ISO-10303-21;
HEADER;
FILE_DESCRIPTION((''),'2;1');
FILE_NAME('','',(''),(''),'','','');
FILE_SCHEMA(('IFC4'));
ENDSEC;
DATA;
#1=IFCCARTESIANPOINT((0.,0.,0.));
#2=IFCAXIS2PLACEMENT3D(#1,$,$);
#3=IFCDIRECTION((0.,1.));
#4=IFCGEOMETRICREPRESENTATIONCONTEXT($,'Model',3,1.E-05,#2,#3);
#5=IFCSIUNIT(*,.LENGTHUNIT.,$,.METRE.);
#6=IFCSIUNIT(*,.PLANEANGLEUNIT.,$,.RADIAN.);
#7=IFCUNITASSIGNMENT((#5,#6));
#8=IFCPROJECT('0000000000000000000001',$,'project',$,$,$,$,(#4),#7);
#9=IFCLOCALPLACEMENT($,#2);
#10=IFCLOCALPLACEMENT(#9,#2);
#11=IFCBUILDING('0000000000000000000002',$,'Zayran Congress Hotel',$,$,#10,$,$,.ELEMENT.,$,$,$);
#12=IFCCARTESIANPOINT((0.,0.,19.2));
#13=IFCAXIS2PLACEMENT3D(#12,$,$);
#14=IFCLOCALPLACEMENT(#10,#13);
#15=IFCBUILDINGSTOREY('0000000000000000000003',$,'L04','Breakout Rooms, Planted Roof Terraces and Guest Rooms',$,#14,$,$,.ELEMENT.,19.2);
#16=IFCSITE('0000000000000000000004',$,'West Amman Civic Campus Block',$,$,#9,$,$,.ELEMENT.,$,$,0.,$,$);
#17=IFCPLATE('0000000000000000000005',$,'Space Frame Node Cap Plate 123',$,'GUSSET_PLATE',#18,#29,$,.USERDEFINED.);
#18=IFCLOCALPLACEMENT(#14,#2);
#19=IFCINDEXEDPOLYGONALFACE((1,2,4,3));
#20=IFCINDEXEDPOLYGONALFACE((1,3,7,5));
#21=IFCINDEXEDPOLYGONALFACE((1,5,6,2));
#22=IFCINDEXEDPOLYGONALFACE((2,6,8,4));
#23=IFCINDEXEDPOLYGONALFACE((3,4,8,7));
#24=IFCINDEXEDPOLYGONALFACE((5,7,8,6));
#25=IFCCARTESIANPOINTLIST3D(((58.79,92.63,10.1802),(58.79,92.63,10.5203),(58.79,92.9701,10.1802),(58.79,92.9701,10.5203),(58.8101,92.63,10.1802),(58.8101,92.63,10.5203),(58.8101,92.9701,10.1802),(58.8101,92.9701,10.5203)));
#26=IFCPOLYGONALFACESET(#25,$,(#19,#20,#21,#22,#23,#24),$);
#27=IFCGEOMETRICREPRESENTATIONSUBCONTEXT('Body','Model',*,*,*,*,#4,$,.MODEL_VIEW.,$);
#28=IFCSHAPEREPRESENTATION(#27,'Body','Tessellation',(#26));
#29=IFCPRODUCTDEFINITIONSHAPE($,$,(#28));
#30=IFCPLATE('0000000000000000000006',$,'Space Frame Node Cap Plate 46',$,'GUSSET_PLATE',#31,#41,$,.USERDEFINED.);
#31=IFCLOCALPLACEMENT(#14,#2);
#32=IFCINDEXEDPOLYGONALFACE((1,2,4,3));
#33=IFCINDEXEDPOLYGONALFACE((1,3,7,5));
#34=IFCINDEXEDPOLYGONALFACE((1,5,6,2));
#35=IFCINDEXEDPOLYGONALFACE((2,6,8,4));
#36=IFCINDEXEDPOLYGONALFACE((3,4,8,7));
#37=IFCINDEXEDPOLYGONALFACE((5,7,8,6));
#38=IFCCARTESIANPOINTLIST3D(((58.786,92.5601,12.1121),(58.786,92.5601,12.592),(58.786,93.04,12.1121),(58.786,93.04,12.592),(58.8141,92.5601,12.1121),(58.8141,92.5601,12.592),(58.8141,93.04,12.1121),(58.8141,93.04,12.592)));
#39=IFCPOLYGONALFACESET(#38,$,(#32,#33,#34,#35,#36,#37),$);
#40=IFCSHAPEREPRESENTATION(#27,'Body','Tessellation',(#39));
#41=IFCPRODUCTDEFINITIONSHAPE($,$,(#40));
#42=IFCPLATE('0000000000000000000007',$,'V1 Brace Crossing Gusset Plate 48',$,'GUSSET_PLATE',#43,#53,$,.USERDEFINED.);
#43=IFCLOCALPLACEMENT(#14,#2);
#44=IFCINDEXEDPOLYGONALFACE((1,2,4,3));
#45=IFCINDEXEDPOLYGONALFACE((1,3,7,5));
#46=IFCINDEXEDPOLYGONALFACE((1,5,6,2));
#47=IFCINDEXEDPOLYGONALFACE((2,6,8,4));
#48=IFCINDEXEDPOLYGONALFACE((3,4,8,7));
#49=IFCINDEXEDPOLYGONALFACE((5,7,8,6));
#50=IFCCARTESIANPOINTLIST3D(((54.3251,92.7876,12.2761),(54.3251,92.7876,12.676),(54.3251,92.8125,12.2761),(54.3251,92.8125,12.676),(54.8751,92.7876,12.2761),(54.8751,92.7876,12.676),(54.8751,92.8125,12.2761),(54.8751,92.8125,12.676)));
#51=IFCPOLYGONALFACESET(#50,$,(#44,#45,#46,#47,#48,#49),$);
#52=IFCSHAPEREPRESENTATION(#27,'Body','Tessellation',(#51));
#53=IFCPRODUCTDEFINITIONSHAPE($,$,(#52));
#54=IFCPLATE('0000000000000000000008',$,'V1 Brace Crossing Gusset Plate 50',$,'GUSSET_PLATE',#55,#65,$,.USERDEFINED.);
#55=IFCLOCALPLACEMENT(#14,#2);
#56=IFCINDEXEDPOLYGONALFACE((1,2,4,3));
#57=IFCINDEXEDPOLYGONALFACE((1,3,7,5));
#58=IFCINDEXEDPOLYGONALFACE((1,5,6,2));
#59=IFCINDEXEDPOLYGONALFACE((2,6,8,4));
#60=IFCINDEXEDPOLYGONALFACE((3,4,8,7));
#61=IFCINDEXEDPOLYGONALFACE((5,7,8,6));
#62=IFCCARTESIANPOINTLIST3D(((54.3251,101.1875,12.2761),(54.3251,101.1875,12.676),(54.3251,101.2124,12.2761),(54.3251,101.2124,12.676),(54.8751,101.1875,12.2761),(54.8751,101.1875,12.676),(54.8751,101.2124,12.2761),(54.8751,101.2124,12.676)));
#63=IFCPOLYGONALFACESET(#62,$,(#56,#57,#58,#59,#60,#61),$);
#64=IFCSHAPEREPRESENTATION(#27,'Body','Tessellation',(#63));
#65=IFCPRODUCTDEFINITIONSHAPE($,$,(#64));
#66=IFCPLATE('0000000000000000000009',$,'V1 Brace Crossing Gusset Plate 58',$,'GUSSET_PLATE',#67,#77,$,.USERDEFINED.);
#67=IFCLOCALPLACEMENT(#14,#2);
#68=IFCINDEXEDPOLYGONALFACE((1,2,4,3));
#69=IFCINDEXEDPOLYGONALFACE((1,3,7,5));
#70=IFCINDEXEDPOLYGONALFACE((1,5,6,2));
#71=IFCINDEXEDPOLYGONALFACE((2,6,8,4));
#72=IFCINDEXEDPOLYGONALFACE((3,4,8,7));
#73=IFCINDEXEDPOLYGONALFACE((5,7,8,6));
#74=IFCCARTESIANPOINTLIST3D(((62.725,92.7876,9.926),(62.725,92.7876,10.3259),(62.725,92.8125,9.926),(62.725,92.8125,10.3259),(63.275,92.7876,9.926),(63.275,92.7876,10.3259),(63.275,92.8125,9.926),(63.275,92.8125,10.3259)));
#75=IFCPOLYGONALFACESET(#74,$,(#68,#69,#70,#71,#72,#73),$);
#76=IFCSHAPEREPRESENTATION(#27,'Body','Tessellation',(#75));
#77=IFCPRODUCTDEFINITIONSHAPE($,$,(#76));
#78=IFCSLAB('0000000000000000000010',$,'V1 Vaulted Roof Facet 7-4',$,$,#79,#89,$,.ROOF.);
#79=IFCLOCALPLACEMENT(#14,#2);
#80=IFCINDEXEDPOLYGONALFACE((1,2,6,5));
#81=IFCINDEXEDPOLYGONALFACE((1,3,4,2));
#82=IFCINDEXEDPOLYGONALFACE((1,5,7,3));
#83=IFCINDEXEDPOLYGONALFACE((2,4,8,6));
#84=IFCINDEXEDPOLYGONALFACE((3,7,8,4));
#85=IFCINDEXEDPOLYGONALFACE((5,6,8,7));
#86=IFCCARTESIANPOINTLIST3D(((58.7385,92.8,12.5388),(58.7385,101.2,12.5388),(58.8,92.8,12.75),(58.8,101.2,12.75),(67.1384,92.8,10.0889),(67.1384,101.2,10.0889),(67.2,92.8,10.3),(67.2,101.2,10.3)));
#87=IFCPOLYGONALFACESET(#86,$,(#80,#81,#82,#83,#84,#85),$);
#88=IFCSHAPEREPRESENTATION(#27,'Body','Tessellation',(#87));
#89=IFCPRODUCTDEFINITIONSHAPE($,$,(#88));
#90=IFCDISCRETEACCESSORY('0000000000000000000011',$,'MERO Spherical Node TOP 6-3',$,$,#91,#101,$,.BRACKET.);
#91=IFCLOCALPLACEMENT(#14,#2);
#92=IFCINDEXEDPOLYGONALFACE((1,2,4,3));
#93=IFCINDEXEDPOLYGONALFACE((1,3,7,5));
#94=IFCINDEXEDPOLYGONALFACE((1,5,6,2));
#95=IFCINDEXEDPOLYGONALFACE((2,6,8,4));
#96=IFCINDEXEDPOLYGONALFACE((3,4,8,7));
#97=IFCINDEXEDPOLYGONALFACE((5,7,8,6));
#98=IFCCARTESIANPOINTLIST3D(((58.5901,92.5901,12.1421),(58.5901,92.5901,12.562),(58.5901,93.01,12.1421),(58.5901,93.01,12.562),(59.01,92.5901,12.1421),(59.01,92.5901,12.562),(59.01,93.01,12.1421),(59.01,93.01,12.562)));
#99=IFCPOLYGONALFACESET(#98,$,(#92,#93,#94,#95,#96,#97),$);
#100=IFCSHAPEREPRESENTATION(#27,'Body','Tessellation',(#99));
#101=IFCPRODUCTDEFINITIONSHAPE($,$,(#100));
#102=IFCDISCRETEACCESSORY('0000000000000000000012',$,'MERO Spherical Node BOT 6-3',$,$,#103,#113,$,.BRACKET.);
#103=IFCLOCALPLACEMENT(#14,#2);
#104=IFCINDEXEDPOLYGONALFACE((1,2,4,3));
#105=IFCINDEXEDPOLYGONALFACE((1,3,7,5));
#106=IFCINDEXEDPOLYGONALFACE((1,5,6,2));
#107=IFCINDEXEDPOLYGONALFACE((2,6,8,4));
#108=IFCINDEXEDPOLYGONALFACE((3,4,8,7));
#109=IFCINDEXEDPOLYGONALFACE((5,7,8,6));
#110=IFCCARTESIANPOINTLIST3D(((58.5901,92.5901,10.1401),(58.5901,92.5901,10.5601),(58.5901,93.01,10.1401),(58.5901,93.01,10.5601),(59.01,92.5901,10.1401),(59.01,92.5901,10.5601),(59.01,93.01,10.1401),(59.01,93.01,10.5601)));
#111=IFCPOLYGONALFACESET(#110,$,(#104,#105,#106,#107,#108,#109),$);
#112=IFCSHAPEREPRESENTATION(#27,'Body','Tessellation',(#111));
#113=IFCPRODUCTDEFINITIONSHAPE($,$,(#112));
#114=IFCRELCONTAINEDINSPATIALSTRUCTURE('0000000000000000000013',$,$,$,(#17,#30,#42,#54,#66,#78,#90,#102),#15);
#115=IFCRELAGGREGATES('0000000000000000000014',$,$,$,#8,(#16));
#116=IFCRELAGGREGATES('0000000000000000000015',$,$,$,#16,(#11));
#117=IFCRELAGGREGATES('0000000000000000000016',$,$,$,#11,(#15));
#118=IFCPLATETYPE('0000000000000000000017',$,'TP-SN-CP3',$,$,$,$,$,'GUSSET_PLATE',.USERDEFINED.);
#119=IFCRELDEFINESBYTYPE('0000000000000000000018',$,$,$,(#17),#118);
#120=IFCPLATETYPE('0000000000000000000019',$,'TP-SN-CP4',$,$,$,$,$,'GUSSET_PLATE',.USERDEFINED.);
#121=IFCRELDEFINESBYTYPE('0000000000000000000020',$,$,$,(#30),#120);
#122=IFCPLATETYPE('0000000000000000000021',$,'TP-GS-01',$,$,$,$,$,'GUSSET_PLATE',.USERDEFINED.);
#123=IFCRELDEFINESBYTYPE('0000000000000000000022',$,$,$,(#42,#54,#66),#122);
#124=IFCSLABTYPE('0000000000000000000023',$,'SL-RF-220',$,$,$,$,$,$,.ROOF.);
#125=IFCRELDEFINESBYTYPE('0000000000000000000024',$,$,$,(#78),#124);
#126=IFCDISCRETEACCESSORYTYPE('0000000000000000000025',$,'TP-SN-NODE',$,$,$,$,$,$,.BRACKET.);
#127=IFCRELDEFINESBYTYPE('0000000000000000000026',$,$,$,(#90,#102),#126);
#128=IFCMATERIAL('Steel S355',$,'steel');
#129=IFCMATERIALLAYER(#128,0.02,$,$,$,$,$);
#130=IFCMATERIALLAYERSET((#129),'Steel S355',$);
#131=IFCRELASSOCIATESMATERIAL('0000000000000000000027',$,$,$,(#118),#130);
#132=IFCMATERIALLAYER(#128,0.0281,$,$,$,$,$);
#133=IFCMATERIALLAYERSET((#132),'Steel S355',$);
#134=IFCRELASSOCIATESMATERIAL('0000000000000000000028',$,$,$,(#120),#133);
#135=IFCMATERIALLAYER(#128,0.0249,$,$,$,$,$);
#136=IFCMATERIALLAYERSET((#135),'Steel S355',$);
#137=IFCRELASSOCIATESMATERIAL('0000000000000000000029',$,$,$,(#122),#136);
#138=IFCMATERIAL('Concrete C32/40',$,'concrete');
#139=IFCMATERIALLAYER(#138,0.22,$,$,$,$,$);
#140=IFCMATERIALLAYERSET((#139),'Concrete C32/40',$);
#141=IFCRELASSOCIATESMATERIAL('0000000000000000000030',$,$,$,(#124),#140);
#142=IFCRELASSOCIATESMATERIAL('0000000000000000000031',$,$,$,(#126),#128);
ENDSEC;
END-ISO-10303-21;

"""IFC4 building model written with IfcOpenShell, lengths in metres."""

from ifc_helpers import new_model, si_unit, direction, frame, origin, origin_2d, place, context, subcontext, project, spatial, polyline, rectangle, outline, extrude, material, layer, layer_set, type_object, element, save


model = new_model("IFC4")

# Units and contexts
model_context = context("Model", 3, precision=1e-05, world=origin(), true_north=direction((0.0, 1.0)))
body_context = subcontext(model_context, "Body", "Model", "MODEL_VIEW")
ifc_project = project(units=[si_unit("LENGTHUNIT", "METRE"), si_unit("PLANEANGLEUNIT", "RADIAN")], contexts=[model_context])

# Site, building, storey
site_placement = place(None, origin())
site = spatial("IfcSite", under=ifc_project, at=site_placement, Name="West Amman Civic Campus Block", CompositionType="ELEMENT", RefElevation=0.0)
building_placement = place(site_placement, origin())
building = spatial("IfcBuilding", under=site, at=building_placement, Name="Zayran Congress Hotel", CompositionType="ELEMENT")
storey_placement = place(building_placement, frame((0.0, 0.0, 19.2)))
storey = spatial("IfcBuildingStorey", under=building, at=storey_placement, Name="L04", Description="Breakout Rooms, Planted Roof Terraces and Guest Rooms", CompositionType="ELEMENT", Elevation=19.2)

# Shared definitions
ifc_material_1 = material(Name="Steel S355", Category="steel")

# Plates
ifc_layer_1 = layer(ifc_material_1, 0.02)
ifc_layer_set_1 = layer_set([ifc_layer_1], Name="Steel S355")
plate_type_1 = type_object("IfcPlateType", Name="TP-SN-CP3", ElementType="GUSSET_PLATE", PredefinedType="USERDEFINED", material=ifc_layer_set_1)
plate_1_placement = place(storey_placement, frame((58.8, 92.8, 10.1802), z_axis=(0.0, 0.0, 1.0), x_axis=(0.0, 1.0, 0.0)))
element("IfcPlate", 1, at=plate_1_placement, inside=storey, type_object=plate_type_1, Name="Space Frame Node Cap Plate 123", ObjectType="GUSSET_PLATE", PredefinedType="USERDEFINED", context=body_context, shape_type="SweptSolid", body=[
    extrude(rectangle(XDim=0.3401, YDim=0.02, at=origin_2d()), origin(), (0.0, 0.0, 1.0), 0.3401),
])
ifc_layer_2 = layer(ifc_material_1, 0.0281)
ifc_layer_set_2 = layer_set([ifc_layer_2], Name="Steel S355")
plate_type_2 = type_object("IfcPlateType", Name="TP-SN-CP4", ElementType="GUSSET_PLATE", PredefinedType="USERDEFINED", material=ifc_layer_set_2)
plate_2_placement = place(storey_placement, frame((58.8, 92.8, 12.1121), z_axis=(0.0, 0.0, 1.0), x_axis=(0.0, 1.0, 0.0)))
element("IfcPlate", 2, at=plate_2_placement, inside=storey, type_object=plate_type_2, Name="Space Frame Node Cap Plate 46", ObjectType="GUSSET_PLATE", PredefinedType="USERDEFINED", context=body_context, shape_type="SweptSolid", body=[
    extrude(rectangle(XDim=0.48, YDim=0.0281, at=origin_2d()), origin(), (0.0, 0.0, 1.0), 0.48),
])
ifc_layer_3 = layer(ifc_material_1, 0.0249)
ifc_layer_set_3 = layer_set([ifc_layer_3], Name="Steel S355")
plate_type_3 = type_object("IfcPlateType", Name="TP-GS-01", ElementType="GUSSET_PLATE", PredefinedType="USERDEFINED", material=ifc_layer_set_3)
for number, where, z_axis, x_axis, name in (
    (3, (54.6001, 92.8, 12.2761), (0.0, 0.0, 1.0), (1.0, 0.0, 0.0), "V1 Brace Crossing Gusset Plate 48"),
    (4, (54.6001, 101.2, 12.2761), (0.0, 0.0, 1.0), (1.0, 0.0, 0.0), "V1 Brace Crossing Gusset Plate 50"),
    (5, (63.0, 92.8, 9.926), (0.0, 0.0, 1.0), (1.0, 0.0, 0.0), "V1 Brace Crossing Gusset Plate 58"),
):
    element("IfcPlate", number, at=place(storey_placement, frame(where, z_axis=z_axis, x_axis=x_axis)), inside=storey, type_object=plate_type_3, Name=name, ObjectType="GUSSET_PLATE", PredefinedType="USERDEFINED", context=body_context, shape_type="SweptSolid", body=[
        extrude(rectangle(XDim=0.55, YDim=0.0249, at=origin_2d()), origin(), (0.0, 0.0, 1.0), 0.3999),
    ])

# Slab
ifc_material_2 = material(Name="Concrete C32/40", Category="concrete")
ifc_layer_4 = layer(ifc_material_2, 0.22)
ifc_layer_set_4 = layer_set([ifc_layer_4], Name="Concrete C32/40")
slab_type = type_object("IfcSlabType", Name="SL-RF-220", PredefinedType="ROOF", material=ifc_layer_set_4)
slab_placement = place(storey_placement, frame((58.8, 92.8, 12.75), z_axis=(0.279998, 0.0, 0.960001), x_axis=(0.960001, 0.0, -0.279998)))
element("IfcSlab", 6, at=slab_placement, inside=storey, type_object=slab_type, Name="V1 Vaulted Roof Facet 7-4", PredefinedType="ROOF", context=body_context, shape_type="SweptSolid", body=[
    extrude(outline(polyline([(0.0, 0.0), (8.7499, 0.0), (8.7499, 8.3999), (0.0, 8.3999), (0.0, 0.0)])), origin(), (0.0, 0.0, -1.0), 0.22),
])

# Discrete accessories
discrete_accessory_type = type_object("IfcDiscreteAccessoryType", Name="TP-SN-NODE", PredefinedType="BRACKET", material=ifc_material_1)
for number, where, z_axis, x_axis, name in (
    (7, (58.8, 92.8, 12.1421), (0.0, 0.0, 1.0), (1.0, 0.0, 0.0), "MERO Spherical Node TOP 6-3"),
    (8, (58.8, 92.8, 10.1401), (0.0, 0.0, 1.0), (1.0, 0.0, 0.0), "MERO Spherical Node BOT 6-3"),
):
    element("IfcDiscreteAccessory", number, at=place(storey_placement, frame(where, z_axis=z_axis, x_axis=x_axis)), inside=storey, type_object=discrete_accessory_type, Name=name, PredefinedType="BRACKET", context=body_context, shape_type="SweptSolid", body=[
        extrude(rectangle(XDim=0.4199, YDim=0.4199, at=origin_2d()), origin(), (0.0, 0.0, 1.0), 0.4199),
    ])

save(model, "model.ifc")
